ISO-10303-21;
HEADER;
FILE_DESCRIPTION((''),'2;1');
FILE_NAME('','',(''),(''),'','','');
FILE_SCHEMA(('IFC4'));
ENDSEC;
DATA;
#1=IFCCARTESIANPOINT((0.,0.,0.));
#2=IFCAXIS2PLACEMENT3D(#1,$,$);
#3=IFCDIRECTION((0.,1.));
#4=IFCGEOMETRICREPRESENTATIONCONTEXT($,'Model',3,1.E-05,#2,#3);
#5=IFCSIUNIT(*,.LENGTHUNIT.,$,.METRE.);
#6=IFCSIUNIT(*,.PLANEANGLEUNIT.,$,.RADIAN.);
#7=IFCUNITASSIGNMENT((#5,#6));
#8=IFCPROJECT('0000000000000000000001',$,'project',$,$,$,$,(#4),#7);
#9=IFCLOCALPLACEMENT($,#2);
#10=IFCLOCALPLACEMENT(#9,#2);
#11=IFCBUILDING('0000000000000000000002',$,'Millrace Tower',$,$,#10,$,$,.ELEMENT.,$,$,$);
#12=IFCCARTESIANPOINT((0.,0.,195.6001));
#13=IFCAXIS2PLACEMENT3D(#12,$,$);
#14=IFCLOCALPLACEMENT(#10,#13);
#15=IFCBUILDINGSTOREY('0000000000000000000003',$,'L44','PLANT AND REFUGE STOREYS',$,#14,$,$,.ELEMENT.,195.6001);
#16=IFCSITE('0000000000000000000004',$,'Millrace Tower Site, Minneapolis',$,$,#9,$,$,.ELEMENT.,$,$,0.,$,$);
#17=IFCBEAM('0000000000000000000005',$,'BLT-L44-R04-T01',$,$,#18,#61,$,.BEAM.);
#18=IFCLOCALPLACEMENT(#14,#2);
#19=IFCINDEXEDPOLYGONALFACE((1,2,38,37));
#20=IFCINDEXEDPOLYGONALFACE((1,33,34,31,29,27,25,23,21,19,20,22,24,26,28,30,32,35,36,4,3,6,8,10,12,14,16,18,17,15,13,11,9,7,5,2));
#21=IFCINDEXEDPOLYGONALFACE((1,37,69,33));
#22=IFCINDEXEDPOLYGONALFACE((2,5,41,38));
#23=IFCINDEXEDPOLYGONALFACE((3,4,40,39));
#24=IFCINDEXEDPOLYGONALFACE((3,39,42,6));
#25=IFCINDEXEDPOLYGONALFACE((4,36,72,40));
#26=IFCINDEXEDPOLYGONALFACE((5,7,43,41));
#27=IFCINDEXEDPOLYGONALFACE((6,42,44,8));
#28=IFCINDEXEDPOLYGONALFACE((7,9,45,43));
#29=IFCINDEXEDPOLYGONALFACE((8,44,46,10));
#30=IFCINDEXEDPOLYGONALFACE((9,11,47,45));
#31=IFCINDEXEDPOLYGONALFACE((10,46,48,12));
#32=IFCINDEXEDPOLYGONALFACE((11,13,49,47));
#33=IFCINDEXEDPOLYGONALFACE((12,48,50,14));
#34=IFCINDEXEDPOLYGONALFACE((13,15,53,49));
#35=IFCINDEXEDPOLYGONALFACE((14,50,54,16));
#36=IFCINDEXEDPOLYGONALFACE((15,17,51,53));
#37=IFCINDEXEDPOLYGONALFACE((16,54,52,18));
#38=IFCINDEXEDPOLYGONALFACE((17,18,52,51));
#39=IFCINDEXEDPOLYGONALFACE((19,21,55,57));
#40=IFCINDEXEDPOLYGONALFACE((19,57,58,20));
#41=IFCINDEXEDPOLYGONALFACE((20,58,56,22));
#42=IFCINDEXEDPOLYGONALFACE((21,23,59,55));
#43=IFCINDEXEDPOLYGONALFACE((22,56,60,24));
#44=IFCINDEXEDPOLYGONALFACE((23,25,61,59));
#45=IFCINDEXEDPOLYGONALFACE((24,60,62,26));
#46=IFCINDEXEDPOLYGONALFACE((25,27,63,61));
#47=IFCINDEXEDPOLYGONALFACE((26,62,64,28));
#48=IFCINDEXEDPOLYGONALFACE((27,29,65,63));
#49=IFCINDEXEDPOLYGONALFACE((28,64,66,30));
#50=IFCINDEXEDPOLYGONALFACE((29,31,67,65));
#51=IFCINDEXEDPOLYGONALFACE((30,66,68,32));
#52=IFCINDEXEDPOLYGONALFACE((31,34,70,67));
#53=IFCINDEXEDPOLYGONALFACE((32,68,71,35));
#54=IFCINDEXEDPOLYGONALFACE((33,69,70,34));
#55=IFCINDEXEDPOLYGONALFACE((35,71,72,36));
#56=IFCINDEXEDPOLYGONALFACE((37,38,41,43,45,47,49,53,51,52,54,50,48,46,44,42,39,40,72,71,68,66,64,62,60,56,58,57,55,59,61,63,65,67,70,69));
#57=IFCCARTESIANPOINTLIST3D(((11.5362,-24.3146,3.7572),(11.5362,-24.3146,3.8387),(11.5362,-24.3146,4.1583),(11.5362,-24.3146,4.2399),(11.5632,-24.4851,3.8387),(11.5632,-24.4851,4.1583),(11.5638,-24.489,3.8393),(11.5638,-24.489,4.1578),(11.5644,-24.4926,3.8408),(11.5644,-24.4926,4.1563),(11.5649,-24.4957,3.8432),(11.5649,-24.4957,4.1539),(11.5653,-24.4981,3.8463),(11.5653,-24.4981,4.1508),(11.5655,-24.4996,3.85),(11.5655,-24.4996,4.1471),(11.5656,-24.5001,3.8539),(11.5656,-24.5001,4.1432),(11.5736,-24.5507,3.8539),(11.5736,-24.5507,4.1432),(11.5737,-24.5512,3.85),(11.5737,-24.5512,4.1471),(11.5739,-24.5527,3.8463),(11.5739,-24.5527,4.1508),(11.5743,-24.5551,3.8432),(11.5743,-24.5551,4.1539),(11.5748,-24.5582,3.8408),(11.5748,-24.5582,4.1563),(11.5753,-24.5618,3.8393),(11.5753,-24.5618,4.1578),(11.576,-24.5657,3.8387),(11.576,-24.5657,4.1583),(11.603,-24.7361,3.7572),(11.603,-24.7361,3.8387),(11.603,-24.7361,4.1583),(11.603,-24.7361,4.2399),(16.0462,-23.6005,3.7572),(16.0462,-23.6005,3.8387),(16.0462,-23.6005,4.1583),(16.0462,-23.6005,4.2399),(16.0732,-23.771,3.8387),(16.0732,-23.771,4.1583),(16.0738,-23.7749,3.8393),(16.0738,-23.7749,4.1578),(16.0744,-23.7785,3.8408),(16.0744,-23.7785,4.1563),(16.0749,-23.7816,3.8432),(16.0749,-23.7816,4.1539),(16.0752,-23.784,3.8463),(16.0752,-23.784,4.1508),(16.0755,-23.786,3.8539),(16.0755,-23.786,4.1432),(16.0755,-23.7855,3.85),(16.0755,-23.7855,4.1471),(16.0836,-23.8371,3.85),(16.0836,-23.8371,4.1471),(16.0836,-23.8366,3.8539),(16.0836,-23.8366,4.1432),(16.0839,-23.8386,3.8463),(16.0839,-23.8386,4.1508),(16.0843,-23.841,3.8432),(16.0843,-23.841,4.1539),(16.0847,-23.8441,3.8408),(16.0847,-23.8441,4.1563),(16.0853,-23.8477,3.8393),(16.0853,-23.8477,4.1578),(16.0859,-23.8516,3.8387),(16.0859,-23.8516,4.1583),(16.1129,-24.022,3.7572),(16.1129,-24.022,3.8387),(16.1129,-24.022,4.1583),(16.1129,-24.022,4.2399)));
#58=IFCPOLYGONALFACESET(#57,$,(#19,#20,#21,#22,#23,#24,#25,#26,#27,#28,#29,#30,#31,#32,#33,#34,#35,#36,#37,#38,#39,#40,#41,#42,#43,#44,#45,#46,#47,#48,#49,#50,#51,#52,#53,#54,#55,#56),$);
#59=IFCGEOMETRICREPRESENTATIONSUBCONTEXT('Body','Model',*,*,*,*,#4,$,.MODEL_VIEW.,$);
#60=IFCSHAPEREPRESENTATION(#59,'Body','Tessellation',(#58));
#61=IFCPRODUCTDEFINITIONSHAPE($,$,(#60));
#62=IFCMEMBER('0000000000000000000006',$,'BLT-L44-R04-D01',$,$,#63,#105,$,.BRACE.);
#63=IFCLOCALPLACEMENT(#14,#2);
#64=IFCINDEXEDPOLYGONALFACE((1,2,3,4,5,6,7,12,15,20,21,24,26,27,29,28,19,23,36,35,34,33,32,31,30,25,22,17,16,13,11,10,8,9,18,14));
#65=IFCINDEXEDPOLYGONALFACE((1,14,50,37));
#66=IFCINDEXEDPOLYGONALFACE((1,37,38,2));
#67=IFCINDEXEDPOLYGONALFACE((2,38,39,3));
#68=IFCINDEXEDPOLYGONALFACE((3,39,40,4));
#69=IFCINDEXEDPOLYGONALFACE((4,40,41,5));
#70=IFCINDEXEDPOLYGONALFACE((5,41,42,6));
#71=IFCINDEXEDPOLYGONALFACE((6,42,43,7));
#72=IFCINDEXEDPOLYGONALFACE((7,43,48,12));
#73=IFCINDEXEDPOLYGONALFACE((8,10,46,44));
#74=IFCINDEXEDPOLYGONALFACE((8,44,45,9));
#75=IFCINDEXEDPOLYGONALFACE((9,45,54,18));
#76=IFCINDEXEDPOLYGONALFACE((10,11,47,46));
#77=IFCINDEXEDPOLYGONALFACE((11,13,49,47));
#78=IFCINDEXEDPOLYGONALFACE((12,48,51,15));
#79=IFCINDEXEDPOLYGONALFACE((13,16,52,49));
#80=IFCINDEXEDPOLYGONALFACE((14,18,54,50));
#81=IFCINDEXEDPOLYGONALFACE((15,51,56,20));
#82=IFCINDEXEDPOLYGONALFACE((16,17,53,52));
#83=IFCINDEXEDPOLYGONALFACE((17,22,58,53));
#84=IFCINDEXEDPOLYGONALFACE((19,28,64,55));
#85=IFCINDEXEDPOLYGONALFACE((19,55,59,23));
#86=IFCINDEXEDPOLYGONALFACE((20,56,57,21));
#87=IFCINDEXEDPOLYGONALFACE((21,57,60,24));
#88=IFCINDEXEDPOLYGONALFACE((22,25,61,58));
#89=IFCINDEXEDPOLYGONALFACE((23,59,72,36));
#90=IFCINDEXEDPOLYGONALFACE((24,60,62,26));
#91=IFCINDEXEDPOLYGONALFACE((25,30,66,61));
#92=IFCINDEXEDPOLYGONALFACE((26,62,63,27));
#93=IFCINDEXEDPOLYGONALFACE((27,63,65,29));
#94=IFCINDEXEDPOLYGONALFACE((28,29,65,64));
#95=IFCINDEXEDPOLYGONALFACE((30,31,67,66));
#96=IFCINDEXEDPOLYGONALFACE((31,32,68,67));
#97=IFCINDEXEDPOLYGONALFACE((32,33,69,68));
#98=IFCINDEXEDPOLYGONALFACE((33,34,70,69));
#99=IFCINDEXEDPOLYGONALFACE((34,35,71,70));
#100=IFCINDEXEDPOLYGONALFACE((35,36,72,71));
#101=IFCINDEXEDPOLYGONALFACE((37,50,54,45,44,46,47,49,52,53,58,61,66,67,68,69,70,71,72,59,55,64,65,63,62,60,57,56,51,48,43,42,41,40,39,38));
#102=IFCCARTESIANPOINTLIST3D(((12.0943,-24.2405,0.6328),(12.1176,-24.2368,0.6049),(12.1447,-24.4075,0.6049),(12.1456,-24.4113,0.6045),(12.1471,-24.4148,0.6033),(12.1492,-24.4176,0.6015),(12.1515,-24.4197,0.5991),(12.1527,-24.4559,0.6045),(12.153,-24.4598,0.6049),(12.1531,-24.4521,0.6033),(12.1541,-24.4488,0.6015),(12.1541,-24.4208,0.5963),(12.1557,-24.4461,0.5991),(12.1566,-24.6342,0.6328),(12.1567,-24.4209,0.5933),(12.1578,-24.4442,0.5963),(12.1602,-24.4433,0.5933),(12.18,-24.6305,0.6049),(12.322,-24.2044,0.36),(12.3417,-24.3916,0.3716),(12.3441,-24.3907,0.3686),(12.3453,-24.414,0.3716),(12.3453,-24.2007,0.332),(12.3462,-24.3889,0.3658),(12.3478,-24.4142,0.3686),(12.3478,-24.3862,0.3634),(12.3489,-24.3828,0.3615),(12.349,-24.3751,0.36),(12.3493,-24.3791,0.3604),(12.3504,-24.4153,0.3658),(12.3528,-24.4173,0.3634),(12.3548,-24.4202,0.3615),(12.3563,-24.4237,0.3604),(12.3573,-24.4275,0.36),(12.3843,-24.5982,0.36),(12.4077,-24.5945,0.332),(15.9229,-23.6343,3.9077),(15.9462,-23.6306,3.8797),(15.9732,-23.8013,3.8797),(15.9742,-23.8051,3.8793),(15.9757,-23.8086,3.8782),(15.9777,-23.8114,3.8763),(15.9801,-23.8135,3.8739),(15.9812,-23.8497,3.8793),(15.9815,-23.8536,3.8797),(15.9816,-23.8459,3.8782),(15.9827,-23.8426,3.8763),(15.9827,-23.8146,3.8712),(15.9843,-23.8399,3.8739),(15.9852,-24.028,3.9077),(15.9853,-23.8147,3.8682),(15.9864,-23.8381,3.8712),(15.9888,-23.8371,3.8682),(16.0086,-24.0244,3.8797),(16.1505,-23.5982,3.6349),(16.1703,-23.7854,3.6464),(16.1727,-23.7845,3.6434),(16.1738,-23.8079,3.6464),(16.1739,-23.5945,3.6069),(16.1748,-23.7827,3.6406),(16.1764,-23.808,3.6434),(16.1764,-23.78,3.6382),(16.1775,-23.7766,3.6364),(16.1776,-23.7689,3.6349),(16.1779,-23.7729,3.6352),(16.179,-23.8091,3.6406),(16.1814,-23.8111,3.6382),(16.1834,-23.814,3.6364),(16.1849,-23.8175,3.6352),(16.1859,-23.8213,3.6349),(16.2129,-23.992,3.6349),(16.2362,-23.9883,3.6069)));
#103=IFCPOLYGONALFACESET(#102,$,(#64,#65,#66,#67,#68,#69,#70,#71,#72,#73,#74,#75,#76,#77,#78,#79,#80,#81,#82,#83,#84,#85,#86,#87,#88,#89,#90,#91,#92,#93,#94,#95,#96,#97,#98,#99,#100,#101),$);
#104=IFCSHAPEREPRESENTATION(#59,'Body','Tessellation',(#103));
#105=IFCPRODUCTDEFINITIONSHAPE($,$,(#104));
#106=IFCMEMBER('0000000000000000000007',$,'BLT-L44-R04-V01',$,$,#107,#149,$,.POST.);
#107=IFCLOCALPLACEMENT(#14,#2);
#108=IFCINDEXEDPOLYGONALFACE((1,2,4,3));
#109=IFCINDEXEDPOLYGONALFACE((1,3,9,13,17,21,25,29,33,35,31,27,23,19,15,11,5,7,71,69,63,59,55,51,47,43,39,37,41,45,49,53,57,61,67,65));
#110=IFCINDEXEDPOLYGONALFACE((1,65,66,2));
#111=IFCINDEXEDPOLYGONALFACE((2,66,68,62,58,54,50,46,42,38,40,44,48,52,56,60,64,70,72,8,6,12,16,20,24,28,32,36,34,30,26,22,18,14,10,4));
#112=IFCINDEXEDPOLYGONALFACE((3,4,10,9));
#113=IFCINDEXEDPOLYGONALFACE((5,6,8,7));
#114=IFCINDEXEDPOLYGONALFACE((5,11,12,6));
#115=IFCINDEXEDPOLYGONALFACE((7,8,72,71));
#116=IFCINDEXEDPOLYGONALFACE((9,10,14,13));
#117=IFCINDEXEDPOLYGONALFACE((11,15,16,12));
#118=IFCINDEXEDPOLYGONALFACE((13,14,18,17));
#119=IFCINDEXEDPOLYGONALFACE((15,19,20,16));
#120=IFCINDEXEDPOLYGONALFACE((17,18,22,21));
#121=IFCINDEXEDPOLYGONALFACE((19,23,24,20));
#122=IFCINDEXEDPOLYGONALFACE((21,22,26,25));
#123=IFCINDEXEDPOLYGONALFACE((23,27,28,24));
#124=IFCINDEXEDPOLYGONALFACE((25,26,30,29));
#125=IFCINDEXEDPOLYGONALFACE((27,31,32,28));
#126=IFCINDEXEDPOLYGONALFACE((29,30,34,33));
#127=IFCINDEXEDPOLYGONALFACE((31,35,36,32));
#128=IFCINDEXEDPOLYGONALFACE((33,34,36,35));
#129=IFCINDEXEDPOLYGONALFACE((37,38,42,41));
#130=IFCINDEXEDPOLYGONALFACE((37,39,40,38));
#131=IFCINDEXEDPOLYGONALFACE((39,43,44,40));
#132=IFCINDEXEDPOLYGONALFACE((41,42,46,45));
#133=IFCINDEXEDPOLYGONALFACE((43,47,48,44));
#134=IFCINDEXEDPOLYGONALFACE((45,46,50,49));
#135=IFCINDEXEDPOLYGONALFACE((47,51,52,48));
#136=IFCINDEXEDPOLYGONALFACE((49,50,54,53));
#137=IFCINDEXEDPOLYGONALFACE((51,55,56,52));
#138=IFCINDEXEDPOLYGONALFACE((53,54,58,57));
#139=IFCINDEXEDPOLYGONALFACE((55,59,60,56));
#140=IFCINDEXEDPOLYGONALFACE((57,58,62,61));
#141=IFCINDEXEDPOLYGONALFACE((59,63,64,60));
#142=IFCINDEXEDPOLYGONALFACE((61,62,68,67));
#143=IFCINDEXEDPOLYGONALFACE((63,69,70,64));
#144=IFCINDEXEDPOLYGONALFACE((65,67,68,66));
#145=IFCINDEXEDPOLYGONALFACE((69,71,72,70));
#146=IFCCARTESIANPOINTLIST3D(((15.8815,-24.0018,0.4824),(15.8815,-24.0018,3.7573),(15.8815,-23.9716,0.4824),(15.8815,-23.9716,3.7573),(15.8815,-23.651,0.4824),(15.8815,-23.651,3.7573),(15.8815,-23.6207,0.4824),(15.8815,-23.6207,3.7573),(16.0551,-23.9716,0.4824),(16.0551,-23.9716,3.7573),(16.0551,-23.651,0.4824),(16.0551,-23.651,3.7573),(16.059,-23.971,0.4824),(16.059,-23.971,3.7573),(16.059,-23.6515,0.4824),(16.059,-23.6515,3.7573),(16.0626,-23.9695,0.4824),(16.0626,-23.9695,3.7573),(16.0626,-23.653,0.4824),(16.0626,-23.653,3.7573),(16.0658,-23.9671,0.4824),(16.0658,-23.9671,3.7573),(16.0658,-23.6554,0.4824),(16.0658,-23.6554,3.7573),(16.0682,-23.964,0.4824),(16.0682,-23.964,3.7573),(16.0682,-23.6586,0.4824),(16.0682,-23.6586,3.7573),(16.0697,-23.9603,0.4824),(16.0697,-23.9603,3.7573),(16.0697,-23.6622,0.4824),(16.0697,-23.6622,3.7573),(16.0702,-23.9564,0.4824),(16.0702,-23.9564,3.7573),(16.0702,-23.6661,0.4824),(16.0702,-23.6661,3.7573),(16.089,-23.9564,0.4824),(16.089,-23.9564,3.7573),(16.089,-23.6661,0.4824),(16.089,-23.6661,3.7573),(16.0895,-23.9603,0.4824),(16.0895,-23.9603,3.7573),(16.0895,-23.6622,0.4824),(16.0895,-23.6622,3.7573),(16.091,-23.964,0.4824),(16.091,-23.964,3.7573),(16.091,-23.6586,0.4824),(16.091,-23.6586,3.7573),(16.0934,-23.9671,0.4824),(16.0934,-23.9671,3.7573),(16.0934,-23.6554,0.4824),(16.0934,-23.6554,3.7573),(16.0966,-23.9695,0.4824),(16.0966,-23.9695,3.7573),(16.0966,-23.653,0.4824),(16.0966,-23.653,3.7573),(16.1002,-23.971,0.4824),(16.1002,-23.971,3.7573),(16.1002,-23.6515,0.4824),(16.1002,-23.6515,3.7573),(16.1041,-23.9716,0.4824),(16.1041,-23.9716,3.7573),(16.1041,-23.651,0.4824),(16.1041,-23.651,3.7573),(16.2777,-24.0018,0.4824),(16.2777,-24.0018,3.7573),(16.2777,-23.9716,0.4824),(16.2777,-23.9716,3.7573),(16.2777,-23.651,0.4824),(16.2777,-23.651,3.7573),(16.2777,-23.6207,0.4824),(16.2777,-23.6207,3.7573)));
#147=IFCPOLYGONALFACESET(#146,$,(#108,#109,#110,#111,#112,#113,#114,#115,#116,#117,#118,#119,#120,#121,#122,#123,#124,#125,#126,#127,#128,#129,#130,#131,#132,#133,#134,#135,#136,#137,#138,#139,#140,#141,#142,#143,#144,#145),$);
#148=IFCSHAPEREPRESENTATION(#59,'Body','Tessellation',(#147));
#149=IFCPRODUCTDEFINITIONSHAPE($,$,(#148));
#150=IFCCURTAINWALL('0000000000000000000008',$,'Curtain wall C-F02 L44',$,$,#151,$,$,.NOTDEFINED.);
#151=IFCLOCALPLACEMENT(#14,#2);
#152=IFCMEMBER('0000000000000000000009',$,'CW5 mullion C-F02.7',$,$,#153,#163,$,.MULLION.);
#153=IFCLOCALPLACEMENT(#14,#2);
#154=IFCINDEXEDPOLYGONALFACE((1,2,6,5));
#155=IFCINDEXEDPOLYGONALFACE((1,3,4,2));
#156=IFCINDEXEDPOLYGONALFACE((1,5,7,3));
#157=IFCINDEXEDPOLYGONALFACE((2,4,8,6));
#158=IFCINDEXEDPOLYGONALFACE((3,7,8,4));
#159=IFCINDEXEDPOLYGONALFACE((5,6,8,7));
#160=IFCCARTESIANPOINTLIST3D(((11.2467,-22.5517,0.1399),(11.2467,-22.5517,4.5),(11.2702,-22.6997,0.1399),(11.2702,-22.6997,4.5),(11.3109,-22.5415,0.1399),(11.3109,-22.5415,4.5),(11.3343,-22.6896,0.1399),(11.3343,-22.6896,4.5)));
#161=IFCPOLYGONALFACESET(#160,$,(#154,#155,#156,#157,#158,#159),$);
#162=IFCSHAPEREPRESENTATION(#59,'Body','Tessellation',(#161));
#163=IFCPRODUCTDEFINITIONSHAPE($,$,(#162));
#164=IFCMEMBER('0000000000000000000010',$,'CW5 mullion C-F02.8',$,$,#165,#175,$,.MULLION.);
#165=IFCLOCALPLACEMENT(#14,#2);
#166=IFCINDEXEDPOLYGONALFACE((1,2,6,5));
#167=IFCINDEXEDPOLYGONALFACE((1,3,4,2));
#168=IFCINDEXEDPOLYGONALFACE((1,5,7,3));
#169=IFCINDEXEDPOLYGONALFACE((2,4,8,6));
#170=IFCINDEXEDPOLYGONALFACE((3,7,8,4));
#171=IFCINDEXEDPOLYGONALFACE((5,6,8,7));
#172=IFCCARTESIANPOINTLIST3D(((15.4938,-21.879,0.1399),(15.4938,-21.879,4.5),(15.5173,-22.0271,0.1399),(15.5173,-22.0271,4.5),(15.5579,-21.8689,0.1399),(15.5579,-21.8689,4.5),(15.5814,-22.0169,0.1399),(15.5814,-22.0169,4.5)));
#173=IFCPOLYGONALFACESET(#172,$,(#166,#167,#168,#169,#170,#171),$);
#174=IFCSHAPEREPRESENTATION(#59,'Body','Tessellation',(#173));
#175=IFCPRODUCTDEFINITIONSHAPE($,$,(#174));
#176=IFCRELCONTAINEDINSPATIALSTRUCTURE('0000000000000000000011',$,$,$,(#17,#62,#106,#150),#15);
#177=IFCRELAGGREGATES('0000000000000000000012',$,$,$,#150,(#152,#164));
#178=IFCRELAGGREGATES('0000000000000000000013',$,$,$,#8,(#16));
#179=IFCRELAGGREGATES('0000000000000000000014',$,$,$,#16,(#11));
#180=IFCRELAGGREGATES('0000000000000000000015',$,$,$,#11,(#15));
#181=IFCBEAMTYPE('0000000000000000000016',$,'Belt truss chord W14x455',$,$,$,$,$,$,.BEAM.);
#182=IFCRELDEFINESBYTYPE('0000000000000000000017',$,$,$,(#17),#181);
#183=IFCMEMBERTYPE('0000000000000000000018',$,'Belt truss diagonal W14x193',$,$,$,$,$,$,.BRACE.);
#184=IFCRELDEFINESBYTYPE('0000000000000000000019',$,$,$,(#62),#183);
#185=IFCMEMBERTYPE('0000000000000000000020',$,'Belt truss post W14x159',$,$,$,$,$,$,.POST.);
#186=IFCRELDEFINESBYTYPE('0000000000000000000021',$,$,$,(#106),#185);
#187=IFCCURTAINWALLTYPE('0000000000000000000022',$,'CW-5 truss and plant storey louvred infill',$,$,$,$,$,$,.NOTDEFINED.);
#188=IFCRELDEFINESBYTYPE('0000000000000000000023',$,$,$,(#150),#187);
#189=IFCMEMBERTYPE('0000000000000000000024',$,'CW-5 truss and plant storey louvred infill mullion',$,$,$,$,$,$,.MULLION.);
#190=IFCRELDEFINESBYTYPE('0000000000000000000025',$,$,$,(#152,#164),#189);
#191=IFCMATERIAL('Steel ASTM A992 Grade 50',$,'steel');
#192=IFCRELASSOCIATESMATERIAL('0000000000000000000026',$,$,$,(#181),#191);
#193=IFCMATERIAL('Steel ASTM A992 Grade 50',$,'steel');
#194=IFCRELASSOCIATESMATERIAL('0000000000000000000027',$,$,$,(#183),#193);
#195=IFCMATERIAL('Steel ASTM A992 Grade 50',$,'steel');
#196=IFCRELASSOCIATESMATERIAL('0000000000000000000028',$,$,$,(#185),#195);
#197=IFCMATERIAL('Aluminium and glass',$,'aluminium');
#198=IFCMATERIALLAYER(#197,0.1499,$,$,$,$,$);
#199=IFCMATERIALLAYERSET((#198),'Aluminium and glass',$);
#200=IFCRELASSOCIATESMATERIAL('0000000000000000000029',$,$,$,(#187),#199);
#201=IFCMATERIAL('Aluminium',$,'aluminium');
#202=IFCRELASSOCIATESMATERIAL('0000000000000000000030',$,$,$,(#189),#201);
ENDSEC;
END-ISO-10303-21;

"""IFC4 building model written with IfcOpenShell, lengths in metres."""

from ifc_helpers import new_model, si_unit, direction, frame, origin, origin_2d, place, context, subcontext, project, spatial, rectangle, i_section, extrude, material, layer, layer_set, material_profile, profile_set, type_object, element, aggregate, save


model = new_model("IFC4")

# Units and contexts
model_context = context("Model", 3, precision=1e-05, world=origin(), true_north=direction((0.0, 1.0)))
body_context = subcontext(model_context, "Body", "Model", "MODEL_VIEW")
ifc_project = project(units=[si_unit("LENGTHUNIT", "METRE"), si_unit("PLANEANGLEUNIT", "RADIAN")], contexts=[model_context])

# Site, building, storey
site_placement = place(None, origin())
site = spatial("IfcSite", under=ifc_project, at=site_placement, Name="Millrace Tower Site, Minneapolis", CompositionType="ELEMENT", RefElevation=0.0)
building_placement = place(site_placement, origin())
building = spatial("IfcBuilding", under=site, at=building_placement, Name="Millrace Tower", CompositionType="ELEMENT")
storey_placement = place(building_placement, frame((0.0, 0.0, 195.6001)))
storey = spatial("IfcBuildingStorey", under=building, at=storey_placement, Name="L44", Description="PLANT AND REFUGE STOREYS", CompositionType="ELEMENT", Elevation=195.6001)

# Beam
ifc_material_1 = material(Name="Steel ASTM A992 Grade 50", Category="steel")
ifc_material_profile_1 = material_profile(ifc_material_1, i_section(OverallWidth=0.4268, OverallDepth=0.4827, WebThickness=0.0513, FlangeThickness=0.0815, FilletRadius=0.0151, at=origin_2d()))
ifc_profile_set_1 = profile_set([ifc_material_profile_1], Name="Steel ASTM A992 Grade 50")
beam_type_1 = type_object("IfcBeamType", Name="Belt truss chord W14x455", PredefinedType="BEAM", material=ifc_profile_set_1)
beam_1_placement = place(storey_placement, frame((11.5696, -24.5254, 3.9985), z_axis=(0.987695, 0.156391, 0.0), x_axis=(-0.156391, 0.987695, 0.0)))
element("IfcBeam", 1, at=beam_1_placement, inside=storey, type_object=beam_type_1, Name="BLT-L44-R04-T01", PredefinedType="BEAM", context=body_context, shape_type="SweptSolid", body=[
    extrude(i_section(OverallWidth=0.4268, OverallDepth=0.4827, WebThickness=0.0513, FlangeThickness=0.0815, FilletRadius=0.0151, at=origin_2d()), origin(), (0.0, 0.0, 1.0), 4.5662),
])

# Members
ifc_material_2 = material(Name="Steel ASTM A992 Grade 50", Category="steel")
ifc_material_profile_2 = material_profile(ifc_material_2, i_section(OverallWidth=0.3987, OverallDepth=0.3938, WebThickness=0.0227, FlangeThickness=0.0366, FilletRadius=0.0151, at=origin_2d()))
ifc_profile_set_2 = profile_set([ifc_material_profile_2], Name="Steel ASTM A992 Grade 50")
member_type_1 = type_object("IfcMemberType", Name="Belt truss diagonal W14x193", PredefinedType="BRACE", material=ifc_profile_set_2)
member_1_placement = place(storey_placement, frame((12.251, -24.4175, 0.4824), z_axis=(0.754478, 0.11946, 0.645362), x_axis=(-0.156386, 0.987696, 0.0)))
element("IfcMember", 2, at=member_1_placement, inside=storey, type_object=member_type_1, Name="BLT-L44-R04-D01", PredefinedType="BRACE", context=body_context, shape_type="SweptSolid", body=[
    extrude(i_section(OverallWidth=0.3987, OverallDepth=0.3938, WebThickness=0.0227, FlangeThickness=0.0366, FilletRadius=0.0151, at=origin_2d()), origin(), (0.0, 0.0, 1.0), 5.0745),
])
ifc_material_3 = material(Name="Steel ASTM A992 Grade 50", Category="steel")
ifc_material_profile_3 = material_profile(ifc_material_3, i_section(OverallWidth=0.3962, OverallDepth=0.3811, WebThickness=0.0188, FlangeThickness=0.0303, FilletRadius=0.0151, at=origin_2d()))
ifc_profile_set_3 = profile_set([ifc_material_profile_3], Name="Steel ASTM A992 Grade 50")
member_type_2 = type_object("IfcMemberType", Name="Belt truss post W14x159", PredefinedType="POST", material=ifc_profile_set_3)
member_2_placement = place(storey_placement, frame((16.0796, -23.8113, 0.4824), z_axis=(0.0, 0.0, 1.0), x_axis=(1.0, 0.0, 0.0)))
element("IfcMember", 3, at=member_2_placement, inside=storey, type_object=member_type_2, Name="BLT-L44-R04-V01", PredefinedType="POST", context=body_context, shape_type="SweptSolid", body=[
    extrude(i_section(OverallWidth=0.3962, OverallDepth=0.3811, WebThickness=0.0188, FlangeThickness=0.0303, FilletRadius=0.0151, at=origin_2d()), origin(), (0.0, 0.0, 1.0), 3.2749),
])

# Curtain wall, members
ifc_material_4 = material(Name="Aluminium and glass", Category="aluminium")
ifc_layer_1 = layer(ifc_material_4, 0.1499)
ifc_layer_set_1 = layer_set([ifc_layer_1], Name="Aluminium and glass")
curtain_wall_type = type_object("IfcCurtainWallType", Name="CW-5 truss and plant storey louvred infill", PredefinedType="NOTDEFINED", material=ifc_layer_set_1)
curtain_wall_placement = place(storey_placement, origin())
curtain_wall = element("IfcCurtainWall", 4, at=curtain_wall_placement, inside=storey, type_object=curtain_wall_type, Name="Curtain wall C-F02 L44", PredefinedType="NOTDEFINED")
ifc_material_5 = material(Name="Aluminium", Category="aluminium")
ifc_material_profile_4 = material_profile(ifc_material_5, rectangle(XDim=0.0649, YDim=0.1499, at=origin_2d()))
ifc_profile_set_4 = profile_set([ifc_material_profile_4], Name="Aluminium")
member_type_3 = type_object("IfcMemberType", Name="CW-5 truss and plant storey louvred infill mullion", PredefinedType="MULLION", material=ifc_profile_set_4)
member_3_placement = place(storey_placement, frame((11.2905, -22.6206, 0.1399), z_axis=(0.0, 0.0, 1.0), x_axis=(0.987688, 0.156434, 0.0)))
member_3 = element("IfcMember", 5, at=member_3_placement, type_object=member_type_3, Name="CW5 mullion C-F02.7", PredefinedType="MULLION", context=body_context, shape_type="SweptSolid", body=[
    extrude(rectangle(XDim=0.0649, YDim=0.1499, at=origin_2d()), origin(), (0.0, 0.0, 1.0), 4.3601),
])
member_4_placement = place(storey_placement, frame((15.5376, -21.948, 0.1399), z_axis=(0.0, 0.0, 1.0), x_axis=(0.987688, 0.156434, 0.0)))
member_4 = element("IfcMember", 6, at=member_4_placement, type_object=member_type_3, Name="CW5 mullion C-F02.8", PredefinedType="MULLION", context=body_context, shape_type="SweptSolid", body=[
    extrude(rectangle(XDim=0.0649, YDim=0.1499, at=origin_2d()), origin(), (0.0, 0.0, 1.0), 4.3601),
])
aggregate(curtain_wall, [member_3, member_4])

save(model, "model.ifc")
